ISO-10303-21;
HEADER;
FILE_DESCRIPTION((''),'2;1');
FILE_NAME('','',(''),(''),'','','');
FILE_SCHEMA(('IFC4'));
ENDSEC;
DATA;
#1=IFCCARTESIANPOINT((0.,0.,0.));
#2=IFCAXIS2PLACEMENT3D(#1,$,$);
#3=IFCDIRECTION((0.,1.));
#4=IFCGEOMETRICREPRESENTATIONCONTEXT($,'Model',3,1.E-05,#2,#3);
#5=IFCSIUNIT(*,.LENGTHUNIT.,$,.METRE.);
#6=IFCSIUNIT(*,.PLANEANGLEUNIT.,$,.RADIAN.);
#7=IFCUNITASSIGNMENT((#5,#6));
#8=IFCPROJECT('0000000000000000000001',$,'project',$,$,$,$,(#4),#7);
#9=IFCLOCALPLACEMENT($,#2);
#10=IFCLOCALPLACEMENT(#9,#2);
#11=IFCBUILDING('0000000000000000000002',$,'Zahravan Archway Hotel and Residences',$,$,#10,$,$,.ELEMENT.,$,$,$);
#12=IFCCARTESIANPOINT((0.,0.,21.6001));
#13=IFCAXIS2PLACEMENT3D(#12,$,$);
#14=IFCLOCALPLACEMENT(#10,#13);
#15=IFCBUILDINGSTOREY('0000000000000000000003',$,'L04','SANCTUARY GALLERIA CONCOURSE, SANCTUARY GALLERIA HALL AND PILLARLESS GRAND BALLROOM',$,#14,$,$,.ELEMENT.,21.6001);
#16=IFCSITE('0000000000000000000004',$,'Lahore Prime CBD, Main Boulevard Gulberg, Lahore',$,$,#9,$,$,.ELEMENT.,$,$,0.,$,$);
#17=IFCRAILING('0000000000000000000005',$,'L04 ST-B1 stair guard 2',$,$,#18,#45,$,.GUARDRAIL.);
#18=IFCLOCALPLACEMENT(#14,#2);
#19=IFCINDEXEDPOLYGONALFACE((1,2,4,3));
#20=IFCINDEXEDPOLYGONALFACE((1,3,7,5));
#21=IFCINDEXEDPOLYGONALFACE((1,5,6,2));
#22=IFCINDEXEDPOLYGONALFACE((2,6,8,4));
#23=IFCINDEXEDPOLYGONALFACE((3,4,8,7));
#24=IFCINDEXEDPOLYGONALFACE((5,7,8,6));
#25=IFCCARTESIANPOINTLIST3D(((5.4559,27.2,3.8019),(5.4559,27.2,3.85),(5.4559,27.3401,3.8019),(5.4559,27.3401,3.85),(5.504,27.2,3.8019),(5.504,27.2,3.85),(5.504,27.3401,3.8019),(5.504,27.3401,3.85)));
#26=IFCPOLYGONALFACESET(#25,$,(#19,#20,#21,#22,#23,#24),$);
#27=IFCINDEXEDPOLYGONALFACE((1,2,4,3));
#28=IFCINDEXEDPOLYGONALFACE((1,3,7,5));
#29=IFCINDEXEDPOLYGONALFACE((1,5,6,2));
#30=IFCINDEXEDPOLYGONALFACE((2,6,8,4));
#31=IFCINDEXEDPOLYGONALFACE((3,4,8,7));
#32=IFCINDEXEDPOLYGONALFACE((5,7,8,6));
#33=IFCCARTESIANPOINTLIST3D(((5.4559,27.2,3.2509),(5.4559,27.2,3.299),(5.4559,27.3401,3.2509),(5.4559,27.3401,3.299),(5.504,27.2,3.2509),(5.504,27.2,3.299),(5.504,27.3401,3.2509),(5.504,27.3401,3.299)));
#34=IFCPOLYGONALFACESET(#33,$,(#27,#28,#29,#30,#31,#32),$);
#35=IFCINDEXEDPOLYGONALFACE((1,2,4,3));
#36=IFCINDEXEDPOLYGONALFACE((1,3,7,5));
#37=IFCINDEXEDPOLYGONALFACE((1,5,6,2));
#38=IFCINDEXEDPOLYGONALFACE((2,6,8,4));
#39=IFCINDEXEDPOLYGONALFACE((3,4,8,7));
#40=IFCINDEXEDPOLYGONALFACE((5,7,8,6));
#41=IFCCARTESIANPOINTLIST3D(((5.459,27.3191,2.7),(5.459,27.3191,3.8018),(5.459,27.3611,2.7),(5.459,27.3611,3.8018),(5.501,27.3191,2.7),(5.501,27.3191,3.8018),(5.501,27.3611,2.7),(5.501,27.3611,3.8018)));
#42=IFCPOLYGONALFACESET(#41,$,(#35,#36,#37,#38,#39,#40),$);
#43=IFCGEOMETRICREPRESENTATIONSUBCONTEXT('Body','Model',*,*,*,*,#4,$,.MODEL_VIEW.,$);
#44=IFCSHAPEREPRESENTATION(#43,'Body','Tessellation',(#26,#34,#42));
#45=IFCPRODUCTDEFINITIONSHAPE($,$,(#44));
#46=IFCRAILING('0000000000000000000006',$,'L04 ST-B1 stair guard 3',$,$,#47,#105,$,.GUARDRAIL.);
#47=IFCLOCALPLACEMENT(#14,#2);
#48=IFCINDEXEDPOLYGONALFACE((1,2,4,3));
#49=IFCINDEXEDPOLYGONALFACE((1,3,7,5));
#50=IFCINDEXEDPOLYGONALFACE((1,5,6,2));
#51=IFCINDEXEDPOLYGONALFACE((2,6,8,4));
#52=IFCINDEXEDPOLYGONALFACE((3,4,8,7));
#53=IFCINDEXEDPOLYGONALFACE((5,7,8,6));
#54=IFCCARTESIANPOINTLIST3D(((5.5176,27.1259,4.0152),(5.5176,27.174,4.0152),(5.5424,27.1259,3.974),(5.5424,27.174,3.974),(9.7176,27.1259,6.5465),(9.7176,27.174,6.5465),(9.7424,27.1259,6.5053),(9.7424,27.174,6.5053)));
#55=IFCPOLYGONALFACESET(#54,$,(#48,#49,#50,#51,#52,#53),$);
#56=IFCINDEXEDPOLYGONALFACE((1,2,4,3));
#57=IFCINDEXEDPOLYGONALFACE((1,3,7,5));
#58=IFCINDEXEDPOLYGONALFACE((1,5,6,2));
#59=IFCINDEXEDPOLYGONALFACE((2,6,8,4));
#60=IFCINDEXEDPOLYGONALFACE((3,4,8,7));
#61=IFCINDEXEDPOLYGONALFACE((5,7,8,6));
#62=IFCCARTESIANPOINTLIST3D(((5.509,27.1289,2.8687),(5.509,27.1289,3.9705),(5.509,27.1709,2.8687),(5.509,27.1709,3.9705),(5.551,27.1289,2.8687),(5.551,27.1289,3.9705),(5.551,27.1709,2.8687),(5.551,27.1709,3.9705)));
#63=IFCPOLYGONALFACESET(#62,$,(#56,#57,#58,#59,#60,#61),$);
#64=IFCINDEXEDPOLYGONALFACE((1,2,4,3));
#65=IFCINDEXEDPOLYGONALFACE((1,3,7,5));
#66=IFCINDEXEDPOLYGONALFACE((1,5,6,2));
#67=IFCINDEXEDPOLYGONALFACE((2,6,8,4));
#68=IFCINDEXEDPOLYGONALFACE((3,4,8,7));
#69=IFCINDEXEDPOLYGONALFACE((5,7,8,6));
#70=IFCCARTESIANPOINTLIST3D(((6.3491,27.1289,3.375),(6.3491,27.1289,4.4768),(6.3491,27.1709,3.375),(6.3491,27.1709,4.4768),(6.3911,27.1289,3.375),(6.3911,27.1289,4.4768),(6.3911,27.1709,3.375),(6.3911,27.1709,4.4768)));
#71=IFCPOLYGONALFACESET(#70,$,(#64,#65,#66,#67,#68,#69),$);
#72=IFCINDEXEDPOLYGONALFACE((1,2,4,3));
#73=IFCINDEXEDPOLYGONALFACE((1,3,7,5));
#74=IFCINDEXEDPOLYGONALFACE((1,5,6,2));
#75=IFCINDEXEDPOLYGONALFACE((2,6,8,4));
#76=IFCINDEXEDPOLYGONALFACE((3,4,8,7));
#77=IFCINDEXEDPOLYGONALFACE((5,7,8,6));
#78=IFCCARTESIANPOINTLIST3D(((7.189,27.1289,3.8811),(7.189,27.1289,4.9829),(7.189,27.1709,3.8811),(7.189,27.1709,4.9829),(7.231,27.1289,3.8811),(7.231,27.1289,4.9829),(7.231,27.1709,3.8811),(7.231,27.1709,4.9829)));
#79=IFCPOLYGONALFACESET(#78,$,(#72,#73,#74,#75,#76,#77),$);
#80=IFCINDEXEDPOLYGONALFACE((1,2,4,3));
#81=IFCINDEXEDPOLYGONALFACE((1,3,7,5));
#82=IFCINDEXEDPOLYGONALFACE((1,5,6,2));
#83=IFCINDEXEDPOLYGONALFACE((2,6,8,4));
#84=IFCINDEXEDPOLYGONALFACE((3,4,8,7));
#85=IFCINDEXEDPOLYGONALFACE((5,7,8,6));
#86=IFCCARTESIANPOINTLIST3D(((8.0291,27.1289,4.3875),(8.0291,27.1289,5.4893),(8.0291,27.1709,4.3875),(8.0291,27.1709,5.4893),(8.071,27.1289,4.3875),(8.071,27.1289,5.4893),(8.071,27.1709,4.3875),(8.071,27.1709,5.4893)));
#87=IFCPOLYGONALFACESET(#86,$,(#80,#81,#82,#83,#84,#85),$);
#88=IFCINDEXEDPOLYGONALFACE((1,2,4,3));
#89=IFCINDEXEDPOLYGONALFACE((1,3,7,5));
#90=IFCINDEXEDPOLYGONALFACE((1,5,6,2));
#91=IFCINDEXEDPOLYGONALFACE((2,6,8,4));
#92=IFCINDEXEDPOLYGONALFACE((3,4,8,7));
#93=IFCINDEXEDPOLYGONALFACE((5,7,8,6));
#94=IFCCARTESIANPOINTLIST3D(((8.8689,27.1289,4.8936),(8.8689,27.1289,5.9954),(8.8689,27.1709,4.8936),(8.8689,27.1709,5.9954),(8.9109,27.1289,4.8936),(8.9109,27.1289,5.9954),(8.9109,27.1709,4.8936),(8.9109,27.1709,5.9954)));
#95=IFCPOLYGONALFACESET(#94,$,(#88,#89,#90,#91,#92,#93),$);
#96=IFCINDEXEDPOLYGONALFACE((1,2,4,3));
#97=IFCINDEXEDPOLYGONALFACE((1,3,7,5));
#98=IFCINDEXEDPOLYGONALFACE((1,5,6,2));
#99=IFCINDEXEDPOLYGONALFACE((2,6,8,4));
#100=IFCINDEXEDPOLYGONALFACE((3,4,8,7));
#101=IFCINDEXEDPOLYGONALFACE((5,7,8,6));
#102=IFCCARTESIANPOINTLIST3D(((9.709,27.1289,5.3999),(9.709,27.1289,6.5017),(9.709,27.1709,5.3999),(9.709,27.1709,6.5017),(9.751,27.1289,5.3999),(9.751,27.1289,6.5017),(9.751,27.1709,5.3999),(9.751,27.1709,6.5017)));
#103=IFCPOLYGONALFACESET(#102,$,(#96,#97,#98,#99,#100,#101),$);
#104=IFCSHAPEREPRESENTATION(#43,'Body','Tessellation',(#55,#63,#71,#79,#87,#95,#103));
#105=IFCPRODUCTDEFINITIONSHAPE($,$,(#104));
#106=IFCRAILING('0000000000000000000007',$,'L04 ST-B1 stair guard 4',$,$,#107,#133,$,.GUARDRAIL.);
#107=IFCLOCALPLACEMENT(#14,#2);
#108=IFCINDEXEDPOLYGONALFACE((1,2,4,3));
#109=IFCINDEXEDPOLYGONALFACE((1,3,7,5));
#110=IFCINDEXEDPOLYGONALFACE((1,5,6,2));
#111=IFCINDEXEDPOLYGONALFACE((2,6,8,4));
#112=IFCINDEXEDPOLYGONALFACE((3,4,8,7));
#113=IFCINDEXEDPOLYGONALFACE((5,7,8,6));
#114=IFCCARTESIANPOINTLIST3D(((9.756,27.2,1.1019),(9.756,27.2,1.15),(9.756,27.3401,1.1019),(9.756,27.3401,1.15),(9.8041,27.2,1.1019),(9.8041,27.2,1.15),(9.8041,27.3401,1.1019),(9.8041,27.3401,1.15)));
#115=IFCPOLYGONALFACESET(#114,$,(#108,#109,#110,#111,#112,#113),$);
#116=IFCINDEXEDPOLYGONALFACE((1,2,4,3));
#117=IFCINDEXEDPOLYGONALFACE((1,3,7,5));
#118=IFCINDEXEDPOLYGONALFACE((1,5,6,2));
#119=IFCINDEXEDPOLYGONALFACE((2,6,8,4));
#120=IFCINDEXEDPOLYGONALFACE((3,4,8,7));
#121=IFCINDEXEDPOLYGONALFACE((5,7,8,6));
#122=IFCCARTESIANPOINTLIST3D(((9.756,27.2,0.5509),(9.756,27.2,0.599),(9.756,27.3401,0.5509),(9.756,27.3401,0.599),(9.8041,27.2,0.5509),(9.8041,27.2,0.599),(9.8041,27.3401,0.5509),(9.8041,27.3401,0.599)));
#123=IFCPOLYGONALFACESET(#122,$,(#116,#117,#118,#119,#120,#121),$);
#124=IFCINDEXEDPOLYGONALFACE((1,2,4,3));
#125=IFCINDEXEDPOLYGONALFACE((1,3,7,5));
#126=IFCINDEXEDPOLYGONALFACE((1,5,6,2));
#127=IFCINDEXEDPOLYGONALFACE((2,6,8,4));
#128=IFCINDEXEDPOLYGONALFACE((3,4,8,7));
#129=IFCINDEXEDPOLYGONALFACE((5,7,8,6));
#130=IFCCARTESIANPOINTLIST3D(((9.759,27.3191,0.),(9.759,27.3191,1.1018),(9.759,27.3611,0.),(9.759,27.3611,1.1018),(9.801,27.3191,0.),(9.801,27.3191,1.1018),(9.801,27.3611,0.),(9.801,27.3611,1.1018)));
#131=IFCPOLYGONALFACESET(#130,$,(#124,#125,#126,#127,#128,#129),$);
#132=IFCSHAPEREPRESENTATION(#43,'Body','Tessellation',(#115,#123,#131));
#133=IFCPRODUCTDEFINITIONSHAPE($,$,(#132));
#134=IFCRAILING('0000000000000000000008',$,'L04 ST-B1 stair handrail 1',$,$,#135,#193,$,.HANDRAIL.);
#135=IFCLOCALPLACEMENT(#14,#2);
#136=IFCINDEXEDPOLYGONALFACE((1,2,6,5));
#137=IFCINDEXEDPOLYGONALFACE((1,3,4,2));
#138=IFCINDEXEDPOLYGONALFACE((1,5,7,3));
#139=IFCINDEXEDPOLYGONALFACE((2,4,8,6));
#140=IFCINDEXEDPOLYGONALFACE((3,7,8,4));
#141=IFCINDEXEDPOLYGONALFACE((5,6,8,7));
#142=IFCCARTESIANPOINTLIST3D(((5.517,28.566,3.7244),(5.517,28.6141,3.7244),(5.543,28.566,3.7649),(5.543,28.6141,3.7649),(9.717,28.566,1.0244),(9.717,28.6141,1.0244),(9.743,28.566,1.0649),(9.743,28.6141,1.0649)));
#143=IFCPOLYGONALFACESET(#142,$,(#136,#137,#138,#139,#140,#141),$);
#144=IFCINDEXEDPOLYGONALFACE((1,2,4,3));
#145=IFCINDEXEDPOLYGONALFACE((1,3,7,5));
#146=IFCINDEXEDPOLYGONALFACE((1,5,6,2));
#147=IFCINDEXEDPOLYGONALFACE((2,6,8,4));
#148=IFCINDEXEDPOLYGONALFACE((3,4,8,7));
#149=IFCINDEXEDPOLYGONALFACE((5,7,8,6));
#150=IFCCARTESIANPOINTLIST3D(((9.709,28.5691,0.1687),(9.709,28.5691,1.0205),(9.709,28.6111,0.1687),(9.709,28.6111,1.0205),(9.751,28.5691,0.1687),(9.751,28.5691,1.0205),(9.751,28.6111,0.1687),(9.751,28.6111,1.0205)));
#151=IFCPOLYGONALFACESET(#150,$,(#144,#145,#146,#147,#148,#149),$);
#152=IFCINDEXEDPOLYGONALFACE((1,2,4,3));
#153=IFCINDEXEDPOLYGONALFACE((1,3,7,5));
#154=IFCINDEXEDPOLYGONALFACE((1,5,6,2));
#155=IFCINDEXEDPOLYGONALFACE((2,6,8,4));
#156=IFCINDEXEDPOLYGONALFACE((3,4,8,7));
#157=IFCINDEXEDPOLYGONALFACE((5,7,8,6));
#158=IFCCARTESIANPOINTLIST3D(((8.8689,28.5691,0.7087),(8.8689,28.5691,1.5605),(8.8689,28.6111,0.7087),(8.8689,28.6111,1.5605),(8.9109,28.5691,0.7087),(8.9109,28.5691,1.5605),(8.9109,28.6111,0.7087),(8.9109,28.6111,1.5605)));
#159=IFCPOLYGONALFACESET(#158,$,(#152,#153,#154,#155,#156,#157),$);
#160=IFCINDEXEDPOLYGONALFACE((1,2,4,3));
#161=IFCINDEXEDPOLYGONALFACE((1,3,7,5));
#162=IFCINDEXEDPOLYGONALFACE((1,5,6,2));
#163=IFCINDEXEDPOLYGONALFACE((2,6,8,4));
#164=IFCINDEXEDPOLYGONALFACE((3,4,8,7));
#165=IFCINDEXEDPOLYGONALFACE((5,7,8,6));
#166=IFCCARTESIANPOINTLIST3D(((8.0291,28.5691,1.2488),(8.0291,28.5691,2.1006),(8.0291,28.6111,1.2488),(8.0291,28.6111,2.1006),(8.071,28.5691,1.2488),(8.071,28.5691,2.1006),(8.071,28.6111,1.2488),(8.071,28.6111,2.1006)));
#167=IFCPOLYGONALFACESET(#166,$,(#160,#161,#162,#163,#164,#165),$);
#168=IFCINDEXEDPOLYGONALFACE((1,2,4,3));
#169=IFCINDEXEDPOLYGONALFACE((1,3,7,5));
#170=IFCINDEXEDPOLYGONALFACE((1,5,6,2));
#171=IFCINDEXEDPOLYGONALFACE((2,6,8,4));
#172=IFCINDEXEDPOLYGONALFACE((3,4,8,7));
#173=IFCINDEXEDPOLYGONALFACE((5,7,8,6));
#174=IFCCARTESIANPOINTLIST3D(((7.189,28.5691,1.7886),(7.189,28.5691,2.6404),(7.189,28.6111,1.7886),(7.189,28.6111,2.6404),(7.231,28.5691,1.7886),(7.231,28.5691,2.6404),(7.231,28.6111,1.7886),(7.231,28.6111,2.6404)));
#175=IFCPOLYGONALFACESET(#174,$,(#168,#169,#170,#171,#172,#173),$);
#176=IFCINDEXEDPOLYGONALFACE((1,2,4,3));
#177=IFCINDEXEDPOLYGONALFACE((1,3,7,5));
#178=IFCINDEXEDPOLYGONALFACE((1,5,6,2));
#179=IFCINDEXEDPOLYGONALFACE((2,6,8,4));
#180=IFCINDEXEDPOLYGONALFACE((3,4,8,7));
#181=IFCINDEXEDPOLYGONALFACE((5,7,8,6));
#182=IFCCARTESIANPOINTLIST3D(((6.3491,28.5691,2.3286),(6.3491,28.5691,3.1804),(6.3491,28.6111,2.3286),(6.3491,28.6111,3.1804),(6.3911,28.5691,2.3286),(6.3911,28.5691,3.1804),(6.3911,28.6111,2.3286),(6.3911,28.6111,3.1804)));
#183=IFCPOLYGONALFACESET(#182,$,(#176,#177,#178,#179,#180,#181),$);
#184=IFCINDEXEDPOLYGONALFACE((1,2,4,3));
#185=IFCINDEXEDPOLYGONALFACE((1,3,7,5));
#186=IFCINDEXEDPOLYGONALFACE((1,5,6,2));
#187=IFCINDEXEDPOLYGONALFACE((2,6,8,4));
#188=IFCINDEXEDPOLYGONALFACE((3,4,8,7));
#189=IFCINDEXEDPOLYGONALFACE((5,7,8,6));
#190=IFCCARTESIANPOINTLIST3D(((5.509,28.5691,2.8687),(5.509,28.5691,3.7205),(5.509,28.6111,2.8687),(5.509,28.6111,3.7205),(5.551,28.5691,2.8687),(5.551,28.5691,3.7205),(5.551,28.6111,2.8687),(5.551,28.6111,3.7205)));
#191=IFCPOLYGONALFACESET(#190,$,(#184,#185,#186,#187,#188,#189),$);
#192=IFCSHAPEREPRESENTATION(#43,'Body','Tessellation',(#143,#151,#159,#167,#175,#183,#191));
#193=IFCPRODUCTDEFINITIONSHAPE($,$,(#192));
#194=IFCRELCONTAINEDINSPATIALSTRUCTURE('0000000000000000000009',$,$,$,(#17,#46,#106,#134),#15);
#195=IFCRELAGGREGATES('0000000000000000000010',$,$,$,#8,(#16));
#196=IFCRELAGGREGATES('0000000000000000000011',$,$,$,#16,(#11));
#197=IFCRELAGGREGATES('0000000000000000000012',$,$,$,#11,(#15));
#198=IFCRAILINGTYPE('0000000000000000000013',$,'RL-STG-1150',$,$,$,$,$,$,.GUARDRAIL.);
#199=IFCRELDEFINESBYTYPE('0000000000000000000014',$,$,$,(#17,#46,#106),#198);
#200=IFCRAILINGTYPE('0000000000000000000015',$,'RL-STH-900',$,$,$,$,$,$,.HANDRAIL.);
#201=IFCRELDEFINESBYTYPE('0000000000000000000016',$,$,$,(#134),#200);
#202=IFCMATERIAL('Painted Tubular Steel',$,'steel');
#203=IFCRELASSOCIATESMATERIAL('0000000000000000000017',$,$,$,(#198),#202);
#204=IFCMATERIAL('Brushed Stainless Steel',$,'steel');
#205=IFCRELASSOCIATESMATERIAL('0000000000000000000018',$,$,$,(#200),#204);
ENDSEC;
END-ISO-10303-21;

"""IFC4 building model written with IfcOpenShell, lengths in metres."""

from ifc_helpers import new_model, si_unit, direction, frame, origin, origin_2d, place, context, subcontext, project, spatial, rectangle, extrude, material, type_object, element, save


model = new_model("IFC4")

# Units and contexts
model_context = context("Model", 3, precision=1e-05, world=origin(), true_north=direction((0.0, 1.0)))
body_context = subcontext(model_context, "Body", "Model", "MODEL_VIEW")
ifc_project = project(units=[si_unit("LENGTHUNIT", "METRE"), si_unit("PLANEANGLEUNIT", "RADIAN")], contexts=[model_context])

# Site, building, storey
site_placement = place(None, origin())
site = spatial("IfcSite", under=ifc_project, at=site_placement, Name="Lahore Prime CBD, Main Boulevard Gulberg, Lahore", CompositionType="ELEMENT", RefElevation=0.0)
building_placement = place(site_placement, origin())
building = spatial("IfcBuilding", under=site, at=building_placement, Name="Zahravan Archway Hotel and Residences", CompositionType="ELEMENT")
storey_placement = place(building_placement, frame((0.0, 0.0, 21.6001)))
storey = spatial("IfcBuildingStorey", under=building, at=storey_placement, Name="L04", Description="SANCTUARY GALLERIA CONCOURSE, SANCTUARY GALLERIA HALL AND PILLARLESS GRAND BALLROOM", CompositionType="ELEMENT", Elevation=21.6001)

# Shared definitions
ifc_material_1 = material(Name="Brushed Stainless Steel", Category="steel")

# Railings
ifc_material_2 = material(Name="Painted Tubular Steel", Category="steel")
railing_type_1 = type_object("IfcRailingType", Name="RL-STG-1150", PredefinedType="GUARDRAIL", material=ifc_material_2)
railing_1_placement = place(storey_placement, frame((5.48, 27.3401, 2.7)))
element("IfcRailing", 1, at=railing_1_placement, inside=storey, type_object=railing_type_1, Name="L04 ST-B1 stair guard 2", PredefinedType="GUARDRAIL", context=body_context, shape_type="SweptSolid", body=[
    extrude(rectangle(XDim=0.0481, YDim=0.0481, at=origin_2d()), frame((0.0, 0.0, 1.126), z_axis=(0.0, -1.0, 0.0), x_axis=(1.0, 0.0, 0.0)), (0.0, 0.0, 1.0), 0.1401),
    extrude(rectangle(XDim=0.0481, YDim=0.0481, at=origin_2d()), frame((0.0, 0.0, 0.575), z_axis=(0.0, -1.0, 0.0), x_axis=(1.0, 0.0, 0.0)), (0.0, 0.0, 1.0), 0.1401),
    extrude(rectangle(XDim=0.042, YDim=0.042, at=origin_2d()), origin(), (0.0, 0.0, 1.0), 1.1018),
])
railing_2_placement = place(storey_placement, frame((5.53, 27.1499, 2.8687)))
element("IfcRailing", 2, at=railing_2_placement, inside=storey, type_object=railing_type_1, Name="L04 ST-B1 stair guard 3", PredefinedType="GUARDRAIL", context=body_context, shape_type="SweptSolid", body=[
    extrude(rectangle(XDim=0.0481, YDim=0.0481, at=origin_2d()), frame((0.0, 0.0, 1.126), z_axis=(0.856476, 0.0, 0.516186), x_axis=(0.0, 1.0, 0.0)), (0.0, 0.0, 1.0), 4.9038),
    extrude(rectangle(XDim=0.042, YDim=0.042, at=origin_2d()), origin(), (0.0, 0.0, 1.0), 1.1018),
    extrude(rectangle(XDim=0.042, YDim=0.042, at=origin_2d()), frame((0.8401, 0.0, 0.5063)), (0.0, 0.0, 1.0), 1.1018),
    extrude(rectangle(XDim=0.042, YDim=0.042, at=origin_2d()), frame((1.6799, 0.0, 1.0125)), (0.0, 0.0, 1.0), 1.1018),
    extrude(rectangle(XDim=0.042, YDim=0.042, at=origin_2d()), frame((2.52, 0.0, 1.5188)), (0.0, 0.0, 1.0), 1.1018),
    extrude(rectangle(XDim=0.042, YDim=0.042, at=origin_2d()), frame((3.3599, 0.0, 2.0249)), (0.0, 0.0, 1.0), 1.1018),
    extrude(rectangle(XDim=0.042, YDim=0.042, at=origin_2d()), frame((4.2, 0.0, 2.5312)), (0.0, 0.0, 1.0), 1.1018),
])
railing_3_placement = place(storey_placement, frame((9.78, 27.3401, 0.0)))
element("IfcRailing", 3, at=railing_3_placement, inside=storey, type_object=railing_type_1, Name="L04 ST-B1 stair guard 4", PredefinedType="GUARDRAIL", context=body_context, shape_type="SweptSolid", body=[
    extrude(rectangle(XDim=0.0481, YDim=0.0481, at=origin_2d()), frame((0.0, 0.0, 1.126), z_axis=(0.0, -1.0, 0.0), x_axis=(1.0, 0.0, 0.0)), (0.0, 0.0, 1.0), 0.1401),
    extrude(rectangle(XDim=0.0481, YDim=0.0481, at=origin_2d()), frame((0.0, 0.0, 0.575), z_axis=(0.0, -1.0, 0.0), x_axis=(1.0, 0.0, 0.0)), (0.0, 0.0, 1.0), 0.1401),
    extrude(rectangle(XDim=0.042, YDim=0.042, at=origin_2d()), origin(), (0.0, 0.0, 1.0), 1.1018),
])
railing_type_2 = type_object("IfcRailingType", Name="RL-STH-900", PredefinedType="HANDRAIL", material=ifc_material_1)
railing_4_placement = place(storey_placement, frame((9.73, 28.5901, 0.1687)))
element("IfcRailing", 4, at=railing_4_placement, inside=storey, type_object=railing_type_2, Name="L04 ST-B1 stair handrail 1", PredefinedType="HANDRAIL", context=body_context, shape_type="SweptSolid", body=[
    extrude(rectangle(XDim=0.0481, YDim=0.0481, at=origin_2d()), frame((0.0, 0.0, 0.876), z_axis=(-0.84118, 0.0, 0.540755), x_axis=(0.0, -1.0, 0.0)), (0.0, 0.0, 1.0), 4.9929),
    extrude(rectangle(XDim=0.042, YDim=0.042, at=origin_2d()), origin(), (0.0, 0.0, 1.0), 0.8518),
    extrude(rectangle(XDim=0.042, YDim=0.042, at=origin_2d()), frame((-0.8401, 0.0, 0.54)), (0.0, 0.0, 1.0), 0.8518),
    extrude(rectangle(XDim=0.042, YDim=0.042, at=origin_2d()), frame((-1.6799, 0.0, 1.0801)), (0.0, 0.0, 1.0), 0.8518),
    extrude(rectangle(XDim=0.042, YDim=0.042, at=origin_2d()), frame((-2.52, 0.0, 1.6199)), (0.0, 0.0, 1.0), 0.8518),
    extrude(rectangle(XDim=0.042, YDim=0.042, at=origin_2d()), frame((-3.3599, 0.0, 2.1599)), (0.0, 0.0, 1.0), 0.8518),
    extrude(rectangle(XDim=0.042, YDim=0.042, at=origin_2d()), frame((-4.2, 0.0, 2.7)), (0.0, 0.0, 1.0), 0.8518),
])

save(model, "model.ifc")
